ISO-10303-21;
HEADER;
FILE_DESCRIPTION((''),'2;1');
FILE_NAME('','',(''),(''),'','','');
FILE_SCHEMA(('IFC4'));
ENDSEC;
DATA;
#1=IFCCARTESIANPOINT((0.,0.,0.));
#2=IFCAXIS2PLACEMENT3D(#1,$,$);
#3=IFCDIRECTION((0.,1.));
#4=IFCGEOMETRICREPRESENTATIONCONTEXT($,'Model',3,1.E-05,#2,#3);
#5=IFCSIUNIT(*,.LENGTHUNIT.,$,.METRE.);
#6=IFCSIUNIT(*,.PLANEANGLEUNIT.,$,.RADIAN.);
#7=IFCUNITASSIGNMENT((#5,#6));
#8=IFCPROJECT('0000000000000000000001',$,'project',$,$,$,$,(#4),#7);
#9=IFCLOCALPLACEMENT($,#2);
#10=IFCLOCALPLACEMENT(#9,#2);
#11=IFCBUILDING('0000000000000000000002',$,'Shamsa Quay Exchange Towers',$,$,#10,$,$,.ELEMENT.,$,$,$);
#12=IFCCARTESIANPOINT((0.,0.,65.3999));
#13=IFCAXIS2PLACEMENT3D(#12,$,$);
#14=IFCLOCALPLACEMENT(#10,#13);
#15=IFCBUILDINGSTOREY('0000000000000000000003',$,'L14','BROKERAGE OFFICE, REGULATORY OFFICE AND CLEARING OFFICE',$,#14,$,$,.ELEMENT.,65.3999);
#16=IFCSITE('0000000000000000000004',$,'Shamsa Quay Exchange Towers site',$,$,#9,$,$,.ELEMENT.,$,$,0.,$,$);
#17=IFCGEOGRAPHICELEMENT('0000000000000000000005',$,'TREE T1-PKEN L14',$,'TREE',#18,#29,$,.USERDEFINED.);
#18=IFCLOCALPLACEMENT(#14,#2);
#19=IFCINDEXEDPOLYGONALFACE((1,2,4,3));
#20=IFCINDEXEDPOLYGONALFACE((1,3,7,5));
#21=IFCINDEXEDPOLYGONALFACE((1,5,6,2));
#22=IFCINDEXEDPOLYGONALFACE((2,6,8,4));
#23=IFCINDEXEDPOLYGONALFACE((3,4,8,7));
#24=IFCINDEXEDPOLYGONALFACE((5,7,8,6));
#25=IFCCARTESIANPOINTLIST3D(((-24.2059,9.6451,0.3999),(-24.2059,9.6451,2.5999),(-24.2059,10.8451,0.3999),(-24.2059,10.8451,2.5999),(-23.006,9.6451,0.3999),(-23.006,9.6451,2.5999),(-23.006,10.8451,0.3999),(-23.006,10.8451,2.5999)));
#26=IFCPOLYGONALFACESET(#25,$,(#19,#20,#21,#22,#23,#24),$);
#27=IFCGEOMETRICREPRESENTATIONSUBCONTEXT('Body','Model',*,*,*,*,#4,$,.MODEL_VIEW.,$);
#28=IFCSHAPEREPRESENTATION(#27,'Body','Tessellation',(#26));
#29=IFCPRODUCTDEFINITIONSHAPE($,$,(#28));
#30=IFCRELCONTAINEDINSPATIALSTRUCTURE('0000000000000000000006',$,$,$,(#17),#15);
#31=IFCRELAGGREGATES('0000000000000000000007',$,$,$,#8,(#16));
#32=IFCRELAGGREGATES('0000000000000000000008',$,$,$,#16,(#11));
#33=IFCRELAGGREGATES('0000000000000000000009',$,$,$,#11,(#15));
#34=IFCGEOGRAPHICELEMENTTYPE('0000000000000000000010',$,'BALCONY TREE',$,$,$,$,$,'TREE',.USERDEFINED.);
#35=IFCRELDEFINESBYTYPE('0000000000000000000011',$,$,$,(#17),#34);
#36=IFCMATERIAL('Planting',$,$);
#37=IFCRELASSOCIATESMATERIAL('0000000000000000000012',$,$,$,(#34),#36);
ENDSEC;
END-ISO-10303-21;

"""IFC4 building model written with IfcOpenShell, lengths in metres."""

from ifc_helpers import new_model, si_unit, direction, frame, origin, origin_2d, place, context, subcontext, project, spatial, rectangle, extrude, material, type_object, element, save


model = new_model("IFC4")

# Units and contexts
model_context = context("Model", 3, precision=1e-05, world=origin(), true_north=direction((0.0, 1.0)))
body_context = subcontext(model_context, "Body", "Model", "MODEL_VIEW")
ifc_project = project(units=[si_unit("LENGTHUNIT", "METRE"), si_unit("PLANEANGLEUNIT", "RADIAN")], contexts=[model_context])

# Site, building, storey
site_placement = place(None, origin())
site = spatial("IfcSite", under=ifc_project, at=site_placement, Name="Shamsa Quay Exchange Towers site", CompositionType="ELEMENT", RefElevation=0.0)
building_placement = place(site_placement, origin())
building = spatial("IfcBuilding", under=site, at=building_placement, Name="Shamsa Quay Exchange Towers", CompositionType="ELEMENT")
storey_placement = place(building_placement, frame((0.0, 0.0, 65.3999)))
storey = spatial("IfcBuildingStorey", under=building, at=storey_placement, Name="L14", Description="BROKERAGE OFFICE, REGULATORY OFFICE AND CLEARING OFFICE", CompositionType="ELEMENT", Elevation=65.3999)

# Geographic element
ifc_material_1 = material(Name="Planting")
geographic_element_type = type_object("IfcGeographicElementType", Name="BALCONY TREE", ElementType="TREE", PredefinedType="USERDEFINED", material=ifc_material_1)
geographic_element_placement = place(storey_placement, frame((-23.606, 10.2451, 0.3999), z_axis=(0.0, 0.0, 1.0), x_axis=(-1.0, 0.0, 0.0)))
element("IfcGeographicElement", 1, at=geographic_element_placement, inside=storey, type_object=geographic_element_type, Name="TREE T1-PKEN L14", ObjectType="TREE", PredefinedType="USERDEFINED", context=body_context, shape_type="SweptSolid", body=[
    extrude(rectangle(XDim=1.2, YDim=1.2, at=origin_2d()), origin(), (0.0, 0.0, 1.0), 2.2),
])

save(model, "model.ifc")
